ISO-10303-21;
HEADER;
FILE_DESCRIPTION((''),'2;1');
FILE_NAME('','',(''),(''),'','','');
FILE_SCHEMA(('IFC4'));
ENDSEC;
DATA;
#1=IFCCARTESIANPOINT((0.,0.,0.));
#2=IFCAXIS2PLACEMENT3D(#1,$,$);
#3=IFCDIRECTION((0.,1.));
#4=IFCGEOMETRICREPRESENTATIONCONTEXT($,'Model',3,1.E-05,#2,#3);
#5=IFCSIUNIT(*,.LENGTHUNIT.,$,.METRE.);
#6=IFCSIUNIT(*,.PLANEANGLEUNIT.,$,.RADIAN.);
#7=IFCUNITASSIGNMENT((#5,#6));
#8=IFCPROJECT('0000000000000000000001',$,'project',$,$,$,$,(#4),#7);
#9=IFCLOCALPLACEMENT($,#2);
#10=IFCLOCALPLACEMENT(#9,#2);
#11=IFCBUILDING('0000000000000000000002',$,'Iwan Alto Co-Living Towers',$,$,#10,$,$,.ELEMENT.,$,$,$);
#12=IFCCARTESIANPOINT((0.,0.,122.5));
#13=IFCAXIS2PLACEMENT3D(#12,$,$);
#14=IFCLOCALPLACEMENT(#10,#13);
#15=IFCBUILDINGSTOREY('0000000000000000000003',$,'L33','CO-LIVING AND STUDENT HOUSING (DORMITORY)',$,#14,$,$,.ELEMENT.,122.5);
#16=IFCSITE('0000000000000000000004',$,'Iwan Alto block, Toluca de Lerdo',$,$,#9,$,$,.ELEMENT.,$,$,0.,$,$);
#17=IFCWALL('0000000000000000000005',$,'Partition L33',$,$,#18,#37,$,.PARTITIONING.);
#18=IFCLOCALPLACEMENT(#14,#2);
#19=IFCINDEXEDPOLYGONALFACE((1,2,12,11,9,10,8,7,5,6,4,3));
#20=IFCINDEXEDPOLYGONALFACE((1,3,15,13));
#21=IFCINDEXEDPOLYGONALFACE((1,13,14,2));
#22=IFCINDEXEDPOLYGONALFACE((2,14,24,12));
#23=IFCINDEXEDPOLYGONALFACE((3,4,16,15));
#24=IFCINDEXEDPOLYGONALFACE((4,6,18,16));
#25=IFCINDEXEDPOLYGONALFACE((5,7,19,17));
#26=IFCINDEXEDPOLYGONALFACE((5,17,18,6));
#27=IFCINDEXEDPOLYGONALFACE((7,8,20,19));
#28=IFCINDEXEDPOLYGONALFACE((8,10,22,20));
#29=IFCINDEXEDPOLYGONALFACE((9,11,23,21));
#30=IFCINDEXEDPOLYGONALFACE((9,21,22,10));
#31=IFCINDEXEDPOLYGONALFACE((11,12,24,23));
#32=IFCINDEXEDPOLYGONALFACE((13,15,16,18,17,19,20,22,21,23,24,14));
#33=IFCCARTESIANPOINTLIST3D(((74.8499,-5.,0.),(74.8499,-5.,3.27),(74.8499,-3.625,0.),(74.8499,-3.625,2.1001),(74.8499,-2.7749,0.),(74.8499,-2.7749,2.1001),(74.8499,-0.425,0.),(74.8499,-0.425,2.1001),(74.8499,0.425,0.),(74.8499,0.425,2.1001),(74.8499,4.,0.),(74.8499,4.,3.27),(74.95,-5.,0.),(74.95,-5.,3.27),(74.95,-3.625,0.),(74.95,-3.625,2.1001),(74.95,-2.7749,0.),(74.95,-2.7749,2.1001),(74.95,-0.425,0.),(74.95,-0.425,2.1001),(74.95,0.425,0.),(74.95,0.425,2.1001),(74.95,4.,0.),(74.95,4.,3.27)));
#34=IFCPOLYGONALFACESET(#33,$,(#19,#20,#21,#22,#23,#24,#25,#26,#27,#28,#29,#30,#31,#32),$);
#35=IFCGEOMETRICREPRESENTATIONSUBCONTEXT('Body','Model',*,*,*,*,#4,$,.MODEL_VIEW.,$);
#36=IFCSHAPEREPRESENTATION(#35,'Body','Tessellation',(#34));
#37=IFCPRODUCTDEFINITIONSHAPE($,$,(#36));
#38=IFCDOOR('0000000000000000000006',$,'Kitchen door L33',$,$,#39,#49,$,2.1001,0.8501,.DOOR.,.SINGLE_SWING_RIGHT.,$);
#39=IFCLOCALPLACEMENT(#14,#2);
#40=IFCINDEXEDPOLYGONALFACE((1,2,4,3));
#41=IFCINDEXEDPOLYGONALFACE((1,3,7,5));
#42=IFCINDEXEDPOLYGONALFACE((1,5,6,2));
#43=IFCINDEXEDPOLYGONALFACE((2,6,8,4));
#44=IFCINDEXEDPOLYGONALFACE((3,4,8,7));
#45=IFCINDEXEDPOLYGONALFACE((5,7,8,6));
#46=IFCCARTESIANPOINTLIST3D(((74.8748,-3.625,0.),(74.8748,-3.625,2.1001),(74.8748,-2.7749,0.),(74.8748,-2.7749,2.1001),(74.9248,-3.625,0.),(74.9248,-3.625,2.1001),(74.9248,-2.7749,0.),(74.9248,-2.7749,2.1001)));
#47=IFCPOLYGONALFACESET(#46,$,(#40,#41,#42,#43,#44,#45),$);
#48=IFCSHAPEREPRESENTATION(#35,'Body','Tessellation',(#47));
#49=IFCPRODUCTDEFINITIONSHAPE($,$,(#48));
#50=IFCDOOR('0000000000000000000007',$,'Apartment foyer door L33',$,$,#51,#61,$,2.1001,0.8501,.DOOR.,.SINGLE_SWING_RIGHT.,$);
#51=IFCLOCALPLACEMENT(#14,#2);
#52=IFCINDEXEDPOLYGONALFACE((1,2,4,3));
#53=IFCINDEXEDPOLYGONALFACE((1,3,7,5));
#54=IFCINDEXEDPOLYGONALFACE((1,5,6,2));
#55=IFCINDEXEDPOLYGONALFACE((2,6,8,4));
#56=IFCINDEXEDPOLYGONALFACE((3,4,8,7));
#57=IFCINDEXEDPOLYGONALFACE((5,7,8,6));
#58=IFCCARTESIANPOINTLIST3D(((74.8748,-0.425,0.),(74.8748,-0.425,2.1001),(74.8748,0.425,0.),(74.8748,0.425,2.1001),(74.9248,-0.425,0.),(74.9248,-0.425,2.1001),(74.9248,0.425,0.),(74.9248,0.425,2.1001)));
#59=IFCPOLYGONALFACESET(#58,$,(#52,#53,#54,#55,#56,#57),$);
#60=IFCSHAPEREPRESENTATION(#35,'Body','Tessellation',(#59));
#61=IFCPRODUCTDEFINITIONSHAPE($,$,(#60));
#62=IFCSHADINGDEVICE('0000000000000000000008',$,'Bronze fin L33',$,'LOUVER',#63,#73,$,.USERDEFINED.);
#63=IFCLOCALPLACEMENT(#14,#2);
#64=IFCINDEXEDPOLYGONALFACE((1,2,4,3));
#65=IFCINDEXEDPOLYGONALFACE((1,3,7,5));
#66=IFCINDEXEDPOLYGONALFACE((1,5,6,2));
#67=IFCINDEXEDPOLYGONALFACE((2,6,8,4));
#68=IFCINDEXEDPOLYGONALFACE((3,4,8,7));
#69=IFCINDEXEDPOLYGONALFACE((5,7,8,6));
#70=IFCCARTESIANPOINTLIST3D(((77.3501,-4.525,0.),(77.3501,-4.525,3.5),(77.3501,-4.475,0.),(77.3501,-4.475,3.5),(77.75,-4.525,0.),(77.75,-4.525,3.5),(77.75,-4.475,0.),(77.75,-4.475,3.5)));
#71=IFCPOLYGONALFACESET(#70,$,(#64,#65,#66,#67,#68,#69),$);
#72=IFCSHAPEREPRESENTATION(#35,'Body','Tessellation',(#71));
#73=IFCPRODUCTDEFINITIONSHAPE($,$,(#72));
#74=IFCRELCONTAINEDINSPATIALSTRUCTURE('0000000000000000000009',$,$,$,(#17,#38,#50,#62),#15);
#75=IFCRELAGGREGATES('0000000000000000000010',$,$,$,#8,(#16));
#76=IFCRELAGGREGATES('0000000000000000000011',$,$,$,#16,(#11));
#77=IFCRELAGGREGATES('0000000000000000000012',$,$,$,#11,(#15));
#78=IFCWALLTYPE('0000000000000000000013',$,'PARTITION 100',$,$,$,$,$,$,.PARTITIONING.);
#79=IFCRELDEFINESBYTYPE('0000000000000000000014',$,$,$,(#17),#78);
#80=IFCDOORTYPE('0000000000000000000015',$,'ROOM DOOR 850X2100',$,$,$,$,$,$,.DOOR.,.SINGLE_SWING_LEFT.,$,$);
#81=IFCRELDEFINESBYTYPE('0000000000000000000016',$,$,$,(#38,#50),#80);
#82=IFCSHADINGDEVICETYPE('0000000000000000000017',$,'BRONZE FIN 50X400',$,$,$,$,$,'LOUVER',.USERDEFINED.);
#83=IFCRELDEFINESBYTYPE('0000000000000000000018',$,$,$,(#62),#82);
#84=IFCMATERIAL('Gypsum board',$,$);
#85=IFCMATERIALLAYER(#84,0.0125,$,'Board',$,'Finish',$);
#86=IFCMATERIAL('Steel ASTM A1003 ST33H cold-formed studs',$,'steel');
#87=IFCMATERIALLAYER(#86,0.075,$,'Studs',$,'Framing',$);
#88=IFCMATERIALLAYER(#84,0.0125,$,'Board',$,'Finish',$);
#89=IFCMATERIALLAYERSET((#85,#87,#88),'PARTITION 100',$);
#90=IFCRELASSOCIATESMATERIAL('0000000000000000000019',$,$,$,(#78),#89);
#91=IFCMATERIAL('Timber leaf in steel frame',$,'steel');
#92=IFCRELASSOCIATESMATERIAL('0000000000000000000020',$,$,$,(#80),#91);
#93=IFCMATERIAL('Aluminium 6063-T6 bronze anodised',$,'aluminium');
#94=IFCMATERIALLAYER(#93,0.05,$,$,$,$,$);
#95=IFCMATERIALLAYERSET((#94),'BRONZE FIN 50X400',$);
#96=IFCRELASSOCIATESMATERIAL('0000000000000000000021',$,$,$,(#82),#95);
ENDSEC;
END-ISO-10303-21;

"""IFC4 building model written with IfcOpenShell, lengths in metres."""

from ifc_helpers import new_model, si_unit, direction, frame, frame_2d, origin, origin_2d, place, context, subcontext, project, spatial, rectangle, extrude, material, layer, layer_set, type_object, element, fill, save


model = new_model("IFC4")

# Units and contexts
model_context = context("Model", 3, precision=1e-05, world=origin(), true_north=direction((0.0, 1.0)))
body_context = subcontext(model_context, "Body", "Model", "MODEL_VIEW")
ifc_project = project(units=[si_unit("LENGTHUNIT", "METRE"), si_unit("PLANEANGLEUNIT", "RADIAN")], contexts=[model_context])

# Site, building, storey
site_placement = place(None, origin())
site = spatial("IfcSite", under=ifc_project, at=site_placement, Name="Iwan Alto block, Toluca de Lerdo", CompositionType="ELEMENT", RefElevation=0.0)
building_placement = place(site_placement, origin())
building = spatial("IfcBuilding", under=site, at=building_placement, Name="Iwan Alto Co-Living Towers", CompositionType="ELEMENT")
storey_placement = place(building_placement, frame((0.0, 0.0, 122.5)))
storey = spatial("IfcBuildingStorey", under=building, at=storey_placement, Name="L33", Description="CO-LIVING AND STUDENT HOUSING (DORMITORY)", CompositionType="ELEMENT", Elevation=122.5)

# Shared definitions
ifc_material_1 = material(Name="Gypsum board")
ifc_material_2 = material(Name="Steel ASTM A1003 ST33H cold-formed studs", Category="steel")
ifc_layer_1 = layer(ifc_material_1, 0.0125, Name="Board", Category="Finish")
ifc_layer_2 = layer(ifc_material_2, 0.075, Name="Studs", Category="Framing")
ifc_layer_3 = layer(ifc_material_1, 0.0125, Name="Board", Category="Finish")
ifc_layer_set_1 = layer_set([ifc_layer_1, ifc_layer_2, ifc_layer_3], Name="PARTITION 100")
wall_type_1 = type_object("IfcWallType", Name="PARTITION 100", PredefinedType="PARTITIONING", material=ifc_layer_set_1)
ifc_material_3 = material(Name="Timber leaf in steel frame", Category="steel")
door_type_1 = type_object("IfcDoorType", Name="ROOM DOOR 850X2100", OperationType="SINGLE_SWING_LEFT", PredefinedType="DOOR", material=ifc_material_3)

# Wall, openings, doors
wall_1_placement = place(storey_placement, frame((74.8999, -5.0, 0.0), z_axis=(0.0, 0.0, 1.0), x_axis=(0.0, 1.0, 0.0)))
wall_1 = element("IfcWall", 1, at=wall_1_placement, inside=storey, type_object=wall_type_1, Name="Partition L33", PredefinedType="PARTITIONING", context=body_context, shape_type="SweptSolid", body=[
    extrude(rectangle(XDim=9.0, YDim=0.1001, at=frame_2d((4.5, 0.0))), origin(), (0.0, 0.0, 1.0), 3.27),
])
opening_1_placement = place(wall_1_placement, frame((1.375, 0.0, 0.0)))
opening_1 = element("IfcOpeningElement", 2, at=opening_1_placement, cuts=wall_1, PredefinedType="OPENING", context=body_context, shape_type="SweptSolid", body=[
    extrude(rectangle(XDim=0.8501, YDim=2.1001, at=frame_2d((0.425, 1.05))), frame((0.0, 0.0601, 0.0), z_axis=(0.0, -1.0, 0.0), x_axis=(1.0, 0.0, 0.0)), (0.0, 0.0, 1.0), 0.1201),
])
opening_2_placement = place(wall_1_placement, frame((4.575, 0.0, 0.0)))
opening_2 = element("IfcOpeningElement", 3, at=opening_2_placement, cuts=wall_1, PredefinedType="OPENING", context=body_context, shape_type="SweptSolid", body=[
    extrude(rectangle(XDim=0.8501, YDim=2.1001, at=frame_2d((0.425, 1.05))), frame((0.0, 0.0601, 0.0), z_axis=(0.0, -1.0, 0.0), x_axis=(1.0, 0.0, 0.0)), (0.0, 0.0, 1.0), 0.1201),
])
door_1_placement = place(opening_1_placement, frame((0.8501, 0.0, 0.0), z_axis=(0.0, 0.0, 1.0), x_axis=(-1.0, 0.0, 0.0)))
door_1 = element("IfcDoor", 4, at=door_1_placement, inside=storey, type_object=door_type_1, Name="Kitchen door L33", OperationType="SINGLE_SWING_RIGHT", OverallHeight=2.1001, OverallWidth=0.8501, PredefinedType="DOOR", context=body_context, shape_type="SweptSolid", body=[
    extrude(rectangle(XDim=0.8501, YDim=2.1001, at=frame_2d((0.425, 1.05))), frame((0.0, 0.0249, 0.0), z_axis=(0.0, -1.0, 0.0), x_axis=(1.0, 0.0, 0.0)), (0.0, 0.0, 1.0), 0.05),
])
fill(opening_1, door_1)
door_2_placement = place(opening_2_placement, frame((0.8501, 0.0, 0.0), z_axis=(0.0, 0.0, 1.0), x_axis=(-1.0, 0.0, 0.0)))
door_2 = element("IfcDoor", 5, at=door_2_placement, inside=storey, type_object=door_type_1, Name="Apartment foyer door L33", OperationType="SINGLE_SWING_RIGHT", OverallHeight=2.1001, OverallWidth=0.8501, PredefinedType="DOOR", context=body_context, shape_type="SweptSolid", body=[
    extrude(rectangle(XDim=0.8501, YDim=2.1001, at=frame_2d((0.425, 1.05))), frame((0.0, 0.0249, 0.0), z_axis=(0.0, -1.0, 0.0), x_axis=(1.0, 0.0, 0.0)), (0.0, 0.0, 1.0), 0.05),
])
fill(opening_2, door_2)

# Shading device
ifc_material_4 = material(Name="Aluminium 6063-T6 bronze anodised", Category="aluminium")
ifc_layer_4 = layer(ifc_material_4, 0.05)
ifc_layer_set_2 = layer_set([ifc_layer_4], Name="BRONZE FIN 50X400")
shading_device_type = type_object("IfcShadingDeviceType", Name="BRONZE FIN 50X400", ElementType="LOUVER", PredefinedType="USERDEFINED", material=ifc_layer_set_2)
shading_device_placement = place(storey_placement, frame((77.55, -4.5, 0.0), z_axis=(0.0, 0.0, 1.0), x_axis=(0.0, 1.0, 0.0)))
element("IfcShadingDevice", 6, at=shading_device_placement, inside=storey, type_object=shading_device_type, Name="Bronze fin L33", ObjectType="LOUVER", PredefinedType="USERDEFINED", context=body_context, shape_type="SweptSolid", body=[
    extrude(rectangle(XDim=0.05, YDim=0.3999, at=origin_2d()), origin(), (0.0, 0.0, 1.0), 3.5),
])

save(model, "model.ifc")
